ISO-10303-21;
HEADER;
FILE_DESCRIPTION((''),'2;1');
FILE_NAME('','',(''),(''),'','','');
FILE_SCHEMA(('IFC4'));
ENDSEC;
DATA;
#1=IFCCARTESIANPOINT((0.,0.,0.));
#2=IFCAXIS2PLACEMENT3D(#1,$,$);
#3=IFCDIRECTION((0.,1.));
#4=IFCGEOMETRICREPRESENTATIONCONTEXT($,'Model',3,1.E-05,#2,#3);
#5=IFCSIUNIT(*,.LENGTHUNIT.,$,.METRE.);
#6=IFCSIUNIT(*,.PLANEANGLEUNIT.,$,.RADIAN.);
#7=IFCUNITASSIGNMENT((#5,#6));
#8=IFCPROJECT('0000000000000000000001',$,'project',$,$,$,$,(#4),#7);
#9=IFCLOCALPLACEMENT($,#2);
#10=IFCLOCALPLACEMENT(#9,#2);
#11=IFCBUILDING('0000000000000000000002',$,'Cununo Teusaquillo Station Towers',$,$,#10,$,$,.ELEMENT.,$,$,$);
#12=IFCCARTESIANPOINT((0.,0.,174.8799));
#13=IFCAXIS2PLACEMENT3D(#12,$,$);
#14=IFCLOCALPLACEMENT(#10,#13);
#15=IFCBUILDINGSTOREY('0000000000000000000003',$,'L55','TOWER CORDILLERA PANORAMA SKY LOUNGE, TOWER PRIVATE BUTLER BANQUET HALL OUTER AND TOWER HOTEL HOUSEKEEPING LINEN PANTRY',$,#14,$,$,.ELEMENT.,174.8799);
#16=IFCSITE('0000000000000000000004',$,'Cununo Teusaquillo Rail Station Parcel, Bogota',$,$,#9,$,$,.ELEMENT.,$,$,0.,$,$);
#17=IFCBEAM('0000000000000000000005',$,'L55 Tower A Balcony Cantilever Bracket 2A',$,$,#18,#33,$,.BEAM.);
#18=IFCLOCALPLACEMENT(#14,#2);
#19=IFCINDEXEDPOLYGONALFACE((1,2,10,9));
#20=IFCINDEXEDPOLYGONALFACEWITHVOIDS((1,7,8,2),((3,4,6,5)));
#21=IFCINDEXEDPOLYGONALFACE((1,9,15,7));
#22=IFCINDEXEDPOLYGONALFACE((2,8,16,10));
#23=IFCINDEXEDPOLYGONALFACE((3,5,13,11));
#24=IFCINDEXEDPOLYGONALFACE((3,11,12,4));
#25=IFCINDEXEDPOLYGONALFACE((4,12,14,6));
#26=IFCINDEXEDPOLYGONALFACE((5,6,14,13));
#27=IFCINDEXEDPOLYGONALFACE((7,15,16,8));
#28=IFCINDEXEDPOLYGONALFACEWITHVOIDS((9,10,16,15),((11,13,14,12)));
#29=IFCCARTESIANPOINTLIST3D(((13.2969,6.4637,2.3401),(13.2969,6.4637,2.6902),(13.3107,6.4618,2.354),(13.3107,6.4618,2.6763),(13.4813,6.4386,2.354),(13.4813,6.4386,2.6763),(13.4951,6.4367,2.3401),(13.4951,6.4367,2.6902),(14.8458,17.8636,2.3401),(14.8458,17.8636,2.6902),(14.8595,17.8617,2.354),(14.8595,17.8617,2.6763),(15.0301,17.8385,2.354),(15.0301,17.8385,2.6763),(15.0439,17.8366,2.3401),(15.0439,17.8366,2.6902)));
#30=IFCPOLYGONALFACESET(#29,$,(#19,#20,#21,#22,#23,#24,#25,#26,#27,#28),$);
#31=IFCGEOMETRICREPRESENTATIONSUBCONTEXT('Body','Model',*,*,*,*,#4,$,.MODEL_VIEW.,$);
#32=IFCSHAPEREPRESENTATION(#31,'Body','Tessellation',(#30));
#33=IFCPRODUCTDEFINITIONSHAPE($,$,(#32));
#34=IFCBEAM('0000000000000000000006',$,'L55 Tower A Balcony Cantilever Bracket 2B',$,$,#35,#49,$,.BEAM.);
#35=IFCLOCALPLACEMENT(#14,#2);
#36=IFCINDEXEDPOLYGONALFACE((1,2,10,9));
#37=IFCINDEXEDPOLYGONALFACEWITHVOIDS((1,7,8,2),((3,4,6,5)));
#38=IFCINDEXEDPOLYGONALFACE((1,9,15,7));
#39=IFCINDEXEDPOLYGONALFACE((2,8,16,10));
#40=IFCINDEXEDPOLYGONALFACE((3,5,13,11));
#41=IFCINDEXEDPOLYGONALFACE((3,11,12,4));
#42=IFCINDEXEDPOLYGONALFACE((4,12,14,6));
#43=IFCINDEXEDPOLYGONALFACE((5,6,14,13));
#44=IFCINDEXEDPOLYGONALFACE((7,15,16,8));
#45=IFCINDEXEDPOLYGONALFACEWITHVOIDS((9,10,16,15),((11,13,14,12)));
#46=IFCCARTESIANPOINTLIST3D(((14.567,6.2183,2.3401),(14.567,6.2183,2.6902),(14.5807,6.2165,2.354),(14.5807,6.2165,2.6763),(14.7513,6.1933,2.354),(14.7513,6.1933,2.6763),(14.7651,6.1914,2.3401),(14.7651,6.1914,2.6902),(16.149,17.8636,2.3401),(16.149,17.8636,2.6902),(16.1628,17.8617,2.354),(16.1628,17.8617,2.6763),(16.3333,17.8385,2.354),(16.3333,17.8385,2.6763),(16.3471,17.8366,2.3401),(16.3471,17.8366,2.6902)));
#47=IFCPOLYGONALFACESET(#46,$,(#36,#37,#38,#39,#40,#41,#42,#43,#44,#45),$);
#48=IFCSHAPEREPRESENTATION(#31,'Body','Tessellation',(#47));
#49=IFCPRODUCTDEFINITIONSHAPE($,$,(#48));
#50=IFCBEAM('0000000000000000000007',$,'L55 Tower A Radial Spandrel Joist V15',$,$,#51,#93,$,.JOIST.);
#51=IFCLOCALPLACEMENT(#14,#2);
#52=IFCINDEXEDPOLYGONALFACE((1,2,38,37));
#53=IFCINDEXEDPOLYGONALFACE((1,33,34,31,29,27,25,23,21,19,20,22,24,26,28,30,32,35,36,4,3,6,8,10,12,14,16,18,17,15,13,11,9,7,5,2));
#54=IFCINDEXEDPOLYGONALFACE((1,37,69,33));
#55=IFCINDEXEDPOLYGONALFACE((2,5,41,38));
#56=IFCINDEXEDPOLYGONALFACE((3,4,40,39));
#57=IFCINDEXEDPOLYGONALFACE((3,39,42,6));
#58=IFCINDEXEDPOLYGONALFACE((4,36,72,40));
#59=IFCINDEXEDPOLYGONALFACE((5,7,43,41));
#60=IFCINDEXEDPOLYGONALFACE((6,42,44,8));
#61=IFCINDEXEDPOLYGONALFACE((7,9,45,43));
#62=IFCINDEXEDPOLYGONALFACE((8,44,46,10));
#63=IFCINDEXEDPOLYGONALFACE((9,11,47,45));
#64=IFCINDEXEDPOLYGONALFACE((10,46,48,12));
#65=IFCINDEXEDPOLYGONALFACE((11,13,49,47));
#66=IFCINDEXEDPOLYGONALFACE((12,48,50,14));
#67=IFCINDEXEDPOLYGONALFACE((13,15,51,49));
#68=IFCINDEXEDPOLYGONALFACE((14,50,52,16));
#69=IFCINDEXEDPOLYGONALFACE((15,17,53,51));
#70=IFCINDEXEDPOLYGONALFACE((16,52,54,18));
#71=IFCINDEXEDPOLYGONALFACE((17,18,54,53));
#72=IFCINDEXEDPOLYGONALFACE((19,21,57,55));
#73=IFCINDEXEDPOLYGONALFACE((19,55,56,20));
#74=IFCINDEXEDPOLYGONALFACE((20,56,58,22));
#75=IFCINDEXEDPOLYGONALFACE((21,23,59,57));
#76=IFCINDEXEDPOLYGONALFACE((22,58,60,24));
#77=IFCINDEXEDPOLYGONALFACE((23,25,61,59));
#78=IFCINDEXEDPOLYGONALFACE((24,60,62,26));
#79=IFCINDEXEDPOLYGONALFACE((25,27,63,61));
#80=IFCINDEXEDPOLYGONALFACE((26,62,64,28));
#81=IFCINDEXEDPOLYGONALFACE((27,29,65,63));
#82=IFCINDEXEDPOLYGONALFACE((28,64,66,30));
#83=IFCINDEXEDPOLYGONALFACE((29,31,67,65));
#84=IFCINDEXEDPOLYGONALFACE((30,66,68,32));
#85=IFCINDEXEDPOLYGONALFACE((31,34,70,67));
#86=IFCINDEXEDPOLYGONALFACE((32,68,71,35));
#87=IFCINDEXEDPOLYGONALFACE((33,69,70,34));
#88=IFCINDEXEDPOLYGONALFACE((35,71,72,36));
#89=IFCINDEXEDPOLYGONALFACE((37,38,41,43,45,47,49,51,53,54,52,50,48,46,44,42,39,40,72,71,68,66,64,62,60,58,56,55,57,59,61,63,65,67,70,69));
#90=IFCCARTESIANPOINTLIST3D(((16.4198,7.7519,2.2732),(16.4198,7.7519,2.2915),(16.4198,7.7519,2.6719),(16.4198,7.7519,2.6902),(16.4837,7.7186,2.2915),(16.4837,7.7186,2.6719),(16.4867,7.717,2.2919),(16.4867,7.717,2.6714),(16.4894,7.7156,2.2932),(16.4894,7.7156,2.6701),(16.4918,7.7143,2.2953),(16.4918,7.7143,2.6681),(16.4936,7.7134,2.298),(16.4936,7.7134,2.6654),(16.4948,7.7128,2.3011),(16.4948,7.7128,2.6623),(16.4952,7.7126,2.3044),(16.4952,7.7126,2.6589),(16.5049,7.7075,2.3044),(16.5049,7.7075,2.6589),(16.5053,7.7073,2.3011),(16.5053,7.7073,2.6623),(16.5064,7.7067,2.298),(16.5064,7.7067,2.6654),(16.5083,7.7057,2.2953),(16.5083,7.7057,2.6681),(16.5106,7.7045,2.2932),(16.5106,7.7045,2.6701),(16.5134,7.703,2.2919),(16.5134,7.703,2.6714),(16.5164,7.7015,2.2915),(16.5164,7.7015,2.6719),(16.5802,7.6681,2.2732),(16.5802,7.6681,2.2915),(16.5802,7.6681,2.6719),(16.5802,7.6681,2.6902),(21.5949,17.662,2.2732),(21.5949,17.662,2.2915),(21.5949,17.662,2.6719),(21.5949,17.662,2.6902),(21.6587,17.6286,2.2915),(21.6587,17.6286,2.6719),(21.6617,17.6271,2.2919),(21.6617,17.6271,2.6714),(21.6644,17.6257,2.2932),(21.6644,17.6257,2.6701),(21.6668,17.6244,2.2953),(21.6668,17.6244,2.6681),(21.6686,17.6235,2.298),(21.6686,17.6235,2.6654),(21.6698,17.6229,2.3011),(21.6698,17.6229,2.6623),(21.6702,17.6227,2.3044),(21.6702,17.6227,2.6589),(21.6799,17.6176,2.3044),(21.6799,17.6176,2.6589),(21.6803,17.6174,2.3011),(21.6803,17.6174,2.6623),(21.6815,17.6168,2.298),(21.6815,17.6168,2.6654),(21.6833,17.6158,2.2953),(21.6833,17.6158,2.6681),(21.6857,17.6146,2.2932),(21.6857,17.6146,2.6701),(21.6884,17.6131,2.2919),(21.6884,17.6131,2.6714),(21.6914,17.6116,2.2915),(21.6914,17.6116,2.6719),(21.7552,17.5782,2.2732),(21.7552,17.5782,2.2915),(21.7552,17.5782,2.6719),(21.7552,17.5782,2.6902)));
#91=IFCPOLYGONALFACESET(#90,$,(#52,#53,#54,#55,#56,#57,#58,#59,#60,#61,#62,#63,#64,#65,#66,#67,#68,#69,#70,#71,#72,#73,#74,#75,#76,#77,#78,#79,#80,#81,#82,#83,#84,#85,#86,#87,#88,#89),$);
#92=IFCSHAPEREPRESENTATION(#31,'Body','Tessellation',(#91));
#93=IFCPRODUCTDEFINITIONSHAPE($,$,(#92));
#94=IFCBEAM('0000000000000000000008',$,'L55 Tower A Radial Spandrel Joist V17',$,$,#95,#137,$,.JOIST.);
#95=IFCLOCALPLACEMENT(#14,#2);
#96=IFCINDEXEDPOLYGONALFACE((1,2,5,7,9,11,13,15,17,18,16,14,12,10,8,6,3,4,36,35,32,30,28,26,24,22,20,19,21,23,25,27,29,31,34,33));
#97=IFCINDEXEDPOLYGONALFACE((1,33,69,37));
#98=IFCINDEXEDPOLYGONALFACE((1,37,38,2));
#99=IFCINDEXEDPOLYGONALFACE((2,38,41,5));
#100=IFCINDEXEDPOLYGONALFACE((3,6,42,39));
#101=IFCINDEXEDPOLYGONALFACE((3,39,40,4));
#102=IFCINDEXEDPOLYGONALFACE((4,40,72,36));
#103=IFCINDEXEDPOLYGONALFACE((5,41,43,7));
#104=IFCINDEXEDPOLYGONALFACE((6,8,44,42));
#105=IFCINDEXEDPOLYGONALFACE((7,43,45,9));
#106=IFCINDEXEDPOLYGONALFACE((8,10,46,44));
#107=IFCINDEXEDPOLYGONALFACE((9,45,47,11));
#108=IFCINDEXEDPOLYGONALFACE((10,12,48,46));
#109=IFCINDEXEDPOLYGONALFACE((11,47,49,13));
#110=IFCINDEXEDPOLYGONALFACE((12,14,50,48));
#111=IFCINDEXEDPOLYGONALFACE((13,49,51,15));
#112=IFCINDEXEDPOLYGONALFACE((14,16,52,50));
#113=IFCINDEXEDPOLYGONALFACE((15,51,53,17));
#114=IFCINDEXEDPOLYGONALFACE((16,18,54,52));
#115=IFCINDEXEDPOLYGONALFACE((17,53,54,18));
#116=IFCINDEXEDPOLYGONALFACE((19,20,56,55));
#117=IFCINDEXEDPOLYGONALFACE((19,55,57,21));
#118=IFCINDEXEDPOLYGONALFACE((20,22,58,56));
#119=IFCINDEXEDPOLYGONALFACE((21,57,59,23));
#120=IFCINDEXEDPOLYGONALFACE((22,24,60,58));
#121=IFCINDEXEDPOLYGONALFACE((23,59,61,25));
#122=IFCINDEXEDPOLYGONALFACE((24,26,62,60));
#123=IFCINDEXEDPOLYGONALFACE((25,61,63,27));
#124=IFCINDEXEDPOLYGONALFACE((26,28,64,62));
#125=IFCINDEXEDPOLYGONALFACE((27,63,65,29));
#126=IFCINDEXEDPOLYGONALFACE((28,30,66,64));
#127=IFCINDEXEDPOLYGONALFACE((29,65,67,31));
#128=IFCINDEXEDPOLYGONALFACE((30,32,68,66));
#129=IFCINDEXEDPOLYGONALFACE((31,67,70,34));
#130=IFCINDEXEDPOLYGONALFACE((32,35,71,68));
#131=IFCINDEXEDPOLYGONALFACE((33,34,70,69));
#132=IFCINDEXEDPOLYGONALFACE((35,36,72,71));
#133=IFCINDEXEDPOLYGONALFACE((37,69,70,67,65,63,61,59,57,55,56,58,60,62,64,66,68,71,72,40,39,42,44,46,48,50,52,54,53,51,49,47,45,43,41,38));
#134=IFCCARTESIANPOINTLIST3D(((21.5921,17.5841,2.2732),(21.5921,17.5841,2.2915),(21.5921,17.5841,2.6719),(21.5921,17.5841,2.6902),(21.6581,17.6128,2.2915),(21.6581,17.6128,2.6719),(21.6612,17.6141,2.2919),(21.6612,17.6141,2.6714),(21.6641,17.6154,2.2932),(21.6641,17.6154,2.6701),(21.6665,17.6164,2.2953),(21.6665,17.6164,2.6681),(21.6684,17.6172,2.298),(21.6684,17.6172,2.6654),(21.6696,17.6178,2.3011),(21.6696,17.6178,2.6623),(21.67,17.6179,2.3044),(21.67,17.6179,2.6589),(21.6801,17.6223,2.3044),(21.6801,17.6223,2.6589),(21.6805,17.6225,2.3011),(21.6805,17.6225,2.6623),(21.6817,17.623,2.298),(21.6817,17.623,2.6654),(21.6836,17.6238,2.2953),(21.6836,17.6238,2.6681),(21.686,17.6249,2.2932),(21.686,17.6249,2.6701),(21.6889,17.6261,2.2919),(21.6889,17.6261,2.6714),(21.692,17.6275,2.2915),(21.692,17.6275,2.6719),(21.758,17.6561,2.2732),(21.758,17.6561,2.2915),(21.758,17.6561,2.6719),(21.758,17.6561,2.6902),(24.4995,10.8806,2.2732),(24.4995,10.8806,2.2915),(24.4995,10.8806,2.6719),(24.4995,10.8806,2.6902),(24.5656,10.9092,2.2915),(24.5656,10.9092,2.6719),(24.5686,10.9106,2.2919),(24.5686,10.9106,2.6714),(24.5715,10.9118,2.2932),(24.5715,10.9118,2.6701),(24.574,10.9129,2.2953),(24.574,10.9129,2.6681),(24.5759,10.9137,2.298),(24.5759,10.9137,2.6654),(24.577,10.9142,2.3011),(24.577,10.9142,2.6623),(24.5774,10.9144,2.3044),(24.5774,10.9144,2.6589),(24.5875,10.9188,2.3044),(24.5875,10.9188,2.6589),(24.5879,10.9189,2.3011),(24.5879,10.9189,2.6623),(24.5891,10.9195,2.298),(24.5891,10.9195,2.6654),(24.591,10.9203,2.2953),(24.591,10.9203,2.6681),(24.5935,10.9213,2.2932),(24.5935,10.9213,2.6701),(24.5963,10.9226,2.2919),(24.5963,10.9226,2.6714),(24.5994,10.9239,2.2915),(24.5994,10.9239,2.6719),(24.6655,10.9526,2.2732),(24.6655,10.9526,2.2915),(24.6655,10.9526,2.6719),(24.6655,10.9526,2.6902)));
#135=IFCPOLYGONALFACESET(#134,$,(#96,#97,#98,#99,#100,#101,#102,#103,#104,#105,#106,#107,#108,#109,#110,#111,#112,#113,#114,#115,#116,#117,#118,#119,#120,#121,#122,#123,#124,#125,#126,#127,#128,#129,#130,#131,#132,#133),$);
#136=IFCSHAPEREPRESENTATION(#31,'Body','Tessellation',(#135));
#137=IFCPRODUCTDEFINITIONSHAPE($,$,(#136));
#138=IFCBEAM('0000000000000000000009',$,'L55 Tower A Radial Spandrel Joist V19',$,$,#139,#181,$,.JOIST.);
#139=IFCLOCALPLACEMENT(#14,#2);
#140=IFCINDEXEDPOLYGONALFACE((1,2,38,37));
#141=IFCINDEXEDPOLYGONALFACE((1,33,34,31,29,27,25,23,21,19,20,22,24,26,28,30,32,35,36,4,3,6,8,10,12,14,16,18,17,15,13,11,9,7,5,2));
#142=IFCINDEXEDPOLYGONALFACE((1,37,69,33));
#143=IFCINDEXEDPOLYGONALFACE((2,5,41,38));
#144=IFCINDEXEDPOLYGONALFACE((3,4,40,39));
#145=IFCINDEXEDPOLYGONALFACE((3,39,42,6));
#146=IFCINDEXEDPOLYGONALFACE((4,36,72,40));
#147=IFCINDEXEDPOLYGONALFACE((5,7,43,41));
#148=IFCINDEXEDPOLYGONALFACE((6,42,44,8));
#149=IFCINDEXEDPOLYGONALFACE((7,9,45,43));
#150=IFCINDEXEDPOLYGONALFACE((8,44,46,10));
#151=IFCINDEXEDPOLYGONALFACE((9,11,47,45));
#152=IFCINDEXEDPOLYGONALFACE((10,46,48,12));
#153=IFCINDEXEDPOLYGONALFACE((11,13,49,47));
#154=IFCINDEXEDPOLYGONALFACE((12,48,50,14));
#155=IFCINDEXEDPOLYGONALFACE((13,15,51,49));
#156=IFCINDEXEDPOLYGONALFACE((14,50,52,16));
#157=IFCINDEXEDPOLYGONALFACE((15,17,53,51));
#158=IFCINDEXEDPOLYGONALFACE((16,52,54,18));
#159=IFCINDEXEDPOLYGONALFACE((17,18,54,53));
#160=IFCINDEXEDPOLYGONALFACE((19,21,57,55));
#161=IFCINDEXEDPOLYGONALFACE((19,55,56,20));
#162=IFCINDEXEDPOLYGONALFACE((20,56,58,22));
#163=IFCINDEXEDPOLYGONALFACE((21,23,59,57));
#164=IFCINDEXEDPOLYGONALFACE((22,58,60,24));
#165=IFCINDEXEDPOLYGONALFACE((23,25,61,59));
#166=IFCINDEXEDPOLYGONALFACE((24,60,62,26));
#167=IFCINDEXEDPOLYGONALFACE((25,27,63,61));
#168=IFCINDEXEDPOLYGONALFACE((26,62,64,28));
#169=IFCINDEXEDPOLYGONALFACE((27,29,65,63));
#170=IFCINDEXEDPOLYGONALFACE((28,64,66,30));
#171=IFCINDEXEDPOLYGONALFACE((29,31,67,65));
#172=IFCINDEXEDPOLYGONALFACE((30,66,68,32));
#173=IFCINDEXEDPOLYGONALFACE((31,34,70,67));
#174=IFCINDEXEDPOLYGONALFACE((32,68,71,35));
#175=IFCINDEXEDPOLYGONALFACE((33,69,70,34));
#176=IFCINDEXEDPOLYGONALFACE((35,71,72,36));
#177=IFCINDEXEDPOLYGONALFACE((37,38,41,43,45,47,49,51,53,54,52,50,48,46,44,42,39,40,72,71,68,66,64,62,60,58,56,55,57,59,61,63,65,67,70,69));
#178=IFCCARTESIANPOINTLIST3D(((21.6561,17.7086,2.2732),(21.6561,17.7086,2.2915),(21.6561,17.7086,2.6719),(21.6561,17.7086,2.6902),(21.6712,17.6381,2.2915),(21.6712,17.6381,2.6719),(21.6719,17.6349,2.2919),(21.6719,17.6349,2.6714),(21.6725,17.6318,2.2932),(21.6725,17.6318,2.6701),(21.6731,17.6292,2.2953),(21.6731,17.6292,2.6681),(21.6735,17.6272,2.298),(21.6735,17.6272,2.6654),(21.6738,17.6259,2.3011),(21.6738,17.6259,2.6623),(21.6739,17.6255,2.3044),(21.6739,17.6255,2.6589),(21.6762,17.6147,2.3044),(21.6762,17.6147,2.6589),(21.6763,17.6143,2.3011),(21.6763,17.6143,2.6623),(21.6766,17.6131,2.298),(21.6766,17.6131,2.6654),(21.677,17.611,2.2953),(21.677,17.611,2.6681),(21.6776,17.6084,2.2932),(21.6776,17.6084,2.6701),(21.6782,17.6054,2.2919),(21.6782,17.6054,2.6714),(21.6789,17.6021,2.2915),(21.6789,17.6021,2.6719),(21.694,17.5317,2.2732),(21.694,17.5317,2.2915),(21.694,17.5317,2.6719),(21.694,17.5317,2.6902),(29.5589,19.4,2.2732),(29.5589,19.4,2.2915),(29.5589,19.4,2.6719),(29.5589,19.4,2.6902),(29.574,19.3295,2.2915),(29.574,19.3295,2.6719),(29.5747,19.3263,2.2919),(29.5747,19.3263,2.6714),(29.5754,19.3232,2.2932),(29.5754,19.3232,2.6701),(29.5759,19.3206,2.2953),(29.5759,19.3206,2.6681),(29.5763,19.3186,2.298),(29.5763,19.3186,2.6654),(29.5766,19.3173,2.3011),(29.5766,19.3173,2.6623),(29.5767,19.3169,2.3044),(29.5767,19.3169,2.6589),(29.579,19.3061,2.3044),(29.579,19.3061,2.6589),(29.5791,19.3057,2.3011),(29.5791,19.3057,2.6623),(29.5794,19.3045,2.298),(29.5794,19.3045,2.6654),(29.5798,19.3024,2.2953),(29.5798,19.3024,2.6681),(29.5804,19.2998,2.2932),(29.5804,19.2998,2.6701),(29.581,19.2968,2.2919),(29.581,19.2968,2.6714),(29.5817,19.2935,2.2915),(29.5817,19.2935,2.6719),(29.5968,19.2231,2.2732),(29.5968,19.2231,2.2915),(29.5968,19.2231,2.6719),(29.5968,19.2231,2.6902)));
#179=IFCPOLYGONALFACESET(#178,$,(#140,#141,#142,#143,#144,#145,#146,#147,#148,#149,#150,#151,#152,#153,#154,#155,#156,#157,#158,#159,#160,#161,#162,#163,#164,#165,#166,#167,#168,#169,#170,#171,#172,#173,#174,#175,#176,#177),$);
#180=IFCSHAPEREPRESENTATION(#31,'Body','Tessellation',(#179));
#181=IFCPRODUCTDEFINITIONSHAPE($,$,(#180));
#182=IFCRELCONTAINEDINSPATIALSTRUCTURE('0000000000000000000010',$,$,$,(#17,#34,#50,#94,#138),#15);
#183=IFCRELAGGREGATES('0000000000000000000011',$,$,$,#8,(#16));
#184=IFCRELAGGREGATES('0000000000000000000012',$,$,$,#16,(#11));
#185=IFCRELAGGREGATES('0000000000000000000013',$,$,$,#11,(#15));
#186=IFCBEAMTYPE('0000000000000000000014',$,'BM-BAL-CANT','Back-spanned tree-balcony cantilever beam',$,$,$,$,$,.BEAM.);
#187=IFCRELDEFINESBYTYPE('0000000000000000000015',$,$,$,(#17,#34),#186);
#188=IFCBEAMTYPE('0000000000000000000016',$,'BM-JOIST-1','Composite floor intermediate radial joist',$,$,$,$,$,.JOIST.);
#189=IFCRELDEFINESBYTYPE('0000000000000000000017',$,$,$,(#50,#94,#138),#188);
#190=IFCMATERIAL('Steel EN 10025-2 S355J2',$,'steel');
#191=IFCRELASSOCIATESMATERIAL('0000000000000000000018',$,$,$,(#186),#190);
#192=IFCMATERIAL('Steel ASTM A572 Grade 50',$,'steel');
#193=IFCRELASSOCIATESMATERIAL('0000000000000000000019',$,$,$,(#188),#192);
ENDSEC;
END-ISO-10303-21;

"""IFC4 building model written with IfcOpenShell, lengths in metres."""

from ifc_helpers import new_model, si_unit, direction, frame, origin, origin_2d, place, context, subcontext, project, spatial, hollow_rectangle, i_section, extrude, material, material_profile, profile_set, type_object, element, save


model = new_model("IFC4")

# Units and contexts
model_context = context("Model", 3, precision=1e-05, world=origin(), true_north=direction((0.0, 1.0)))
body_context = subcontext(model_context, "Body", "Model", "MODEL_VIEW")
ifc_project = project(units=[si_unit("LENGTHUNIT", "METRE"), si_unit("PLANEANGLEUNIT", "RADIAN")], contexts=[model_context])

# Site, building, storey
site_placement = place(None, origin())
site = spatial("IfcSite", under=ifc_project, at=site_placement, Name="Cununo Teusaquillo Rail Station Parcel, Bogota", CompositionType="ELEMENT", RefElevation=0.0)
building_placement = place(site_placement, origin())
building = spatial("IfcBuilding", under=site, at=building_placement, Name="Cununo Teusaquillo Station Towers", CompositionType="ELEMENT")
storey_placement = place(building_placement, frame((0.0, 0.0, 174.8799)))
storey = spatial("IfcBuildingStorey", under=building, at=storey_placement, Name="L55", Description="TOWER CORDILLERA PANORAMA SKY LOUNGE, TOWER PRIVATE BUTLER BANQUET HALL OUTER AND TOWER HOTEL HOUSEKEEPING LINEN PANTRY", CompositionType="ELEMENT", Elevation=174.8799)

# Beams
ifc_material_1 = material(Name="Steel EN 10025-2 S355J2", Category="steel")
ifc_material_profile_1 = material_profile(ifc_material_1, hollow_rectangle(XDim=0.2, YDim=0.3501, WallThickness=0.0139, at=origin_2d()), Name="RHS 350x200x14")
ifc_profile_set_1 = profile_set([ifc_material_profile_1], Name="Steel EN 10025-2 S355J2")
beam_type_1 = type_object("IfcBeamType", Name="BM-BAL-CANT", Description="Back-spanned tree-balcony cantilever beam", PredefinedType="BEAM", material=ifc_profile_set_1)
beam_1_placement = place(storey_placement, frame((14.9448, 17.8501, 2.5151), z_axis=(-0.134626, -0.990896, 0.0), x_axis=(0.990896, -0.134626, 0.0)))
element("IfcBeam", 1, at=beam_1_placement, inside=storey, type_object=beam_type_1, Name="L55 Tower A Balcony Cantilever Bracket 2A", PredefinedType="BEAM", context=body_context, shape_type="SweptSolid", body=[
    extrude(hollow_rectangle(XDim=0.2, YDim=0.3501, WallThickness=0.0139, at=origin_2d()), origin(), (0.0, 0.0, 1.0), 11.5046),
])
beam_2_placement = place(storey_placement, frame((16.248, 17.8501, 2.5151), z_axis=(-0.134615, -0.990898, 0.0), x_axis=(0.990898, -0.134615, 0.0)))
element("IfcBeam", 2, at=beam_2_placement, inside=storey, type_object=beam_type_1, Name="L55 Tower A Balcony Cantilever Bracket 2B", PredefinedType="BEAM", context=body_context, shape_type="SweptSolid", body=[
    extrude(hollow_rectangle(XDim=0.2, YDim=0.3501, WallThickness=0.0139, at=origin_2d()), origin(), (0.0, 0.0, 1.0), 11.7522),
])
ifc_material_2 = material(Name="Steel ASTM A572 Grade 50", Category="steel")
ifc_material_profile_2 = material_profile(ifc_material_2, i_section(OverallWidth=0.1809, OverallDepth=0.417, WebThickness=0.011, FlangeThickness=0.0183, FilletRadius=0.0129, at=origin_2d()), Name="W16X57")
ifc_profile_set_2 = profile_set([ifc_material_profile_2], Name="Steel ASTM A572 Grade 50")
beam_type_2 = type_object("IfcBeamType", Name="BM-JOIST-1", Description="Composite floor intermediate radial joist", PredefinedType="JOIST", material=ifc_profile_set_2)
beam_3_placement = place(storey_placement, frame((21.675, 17.6201, 2.4817), z_axis=(-0.462885, -0.886419, 0.0), x_axis=(0.886419, -0.462885, 0.0)))
element("IfcBeam", 3, at=beam_3_placement, inside=storey, type_object=beam_type_2, Name="L55 Tower A Radial Spandrel Joist V15", PredefinedType="JOIST", context=body_context, shape_type="SweptSolid", body=[
    extrude(i_section(OverallWidth=0.1809, OverallDepth=0.417, WebThickness=0.011, FlangeThickness=0.0183, FilletRadius=0.0129, at=origin_2d()), origin(), (0.0, 0.0, 1.0), 11.1799),
])
beam_4_placement = place(storey_placement, frame((21.675, 17.6201, 2.4817), z_axis=(0.397904, -0.917427, 0.0), x_axis=(0.917427, 0.397904, 0.0)))
element("IfcBeam", 4, at=beam_4_placement, inside=storey, type_object=beam_type_2, Name="L55 Tower A Radial Spandrel Joist V17", PredefinedType="JOIST", context=body_context, shape_type="SweptSolid", body=[
    extrude(i_section(OverallWidth=0.1809, OverallDepth=0.417, WebThickness=0.011, FlangeThickness=0.0183, FilletRadius=0.0129, at=origin_2d()), origin(), (0.0, 0.0, 1.0), 7.3069),
])
beam_5_placement = place(storey_placement, frame((21.675, 17.6201, 2.4817), z_axis=(0.977855, 0.209286, 0.0), x_axis=(-0.209286, 0.977855, 0.0)))
element("IfcBeam", 5, at=beam_5_placement, inside=storey, type_object=beam_type_2, Name="L55 Tower A Radial Spandrel Joist V19", PredefinedType="JOIST", context=body_context, shape_type="SweptSolid", body=[
    extrude(i_section(OverallWidth=0.1809, OverallDepth=0.417, WebThickness=0.011, FlangeThickness=0.0183, FilletRadius=0.0129, at=origin_2d()), origin(), (0.0, 0.0, 1.0), 8.0818),
])

save(model, "model.ifc")
